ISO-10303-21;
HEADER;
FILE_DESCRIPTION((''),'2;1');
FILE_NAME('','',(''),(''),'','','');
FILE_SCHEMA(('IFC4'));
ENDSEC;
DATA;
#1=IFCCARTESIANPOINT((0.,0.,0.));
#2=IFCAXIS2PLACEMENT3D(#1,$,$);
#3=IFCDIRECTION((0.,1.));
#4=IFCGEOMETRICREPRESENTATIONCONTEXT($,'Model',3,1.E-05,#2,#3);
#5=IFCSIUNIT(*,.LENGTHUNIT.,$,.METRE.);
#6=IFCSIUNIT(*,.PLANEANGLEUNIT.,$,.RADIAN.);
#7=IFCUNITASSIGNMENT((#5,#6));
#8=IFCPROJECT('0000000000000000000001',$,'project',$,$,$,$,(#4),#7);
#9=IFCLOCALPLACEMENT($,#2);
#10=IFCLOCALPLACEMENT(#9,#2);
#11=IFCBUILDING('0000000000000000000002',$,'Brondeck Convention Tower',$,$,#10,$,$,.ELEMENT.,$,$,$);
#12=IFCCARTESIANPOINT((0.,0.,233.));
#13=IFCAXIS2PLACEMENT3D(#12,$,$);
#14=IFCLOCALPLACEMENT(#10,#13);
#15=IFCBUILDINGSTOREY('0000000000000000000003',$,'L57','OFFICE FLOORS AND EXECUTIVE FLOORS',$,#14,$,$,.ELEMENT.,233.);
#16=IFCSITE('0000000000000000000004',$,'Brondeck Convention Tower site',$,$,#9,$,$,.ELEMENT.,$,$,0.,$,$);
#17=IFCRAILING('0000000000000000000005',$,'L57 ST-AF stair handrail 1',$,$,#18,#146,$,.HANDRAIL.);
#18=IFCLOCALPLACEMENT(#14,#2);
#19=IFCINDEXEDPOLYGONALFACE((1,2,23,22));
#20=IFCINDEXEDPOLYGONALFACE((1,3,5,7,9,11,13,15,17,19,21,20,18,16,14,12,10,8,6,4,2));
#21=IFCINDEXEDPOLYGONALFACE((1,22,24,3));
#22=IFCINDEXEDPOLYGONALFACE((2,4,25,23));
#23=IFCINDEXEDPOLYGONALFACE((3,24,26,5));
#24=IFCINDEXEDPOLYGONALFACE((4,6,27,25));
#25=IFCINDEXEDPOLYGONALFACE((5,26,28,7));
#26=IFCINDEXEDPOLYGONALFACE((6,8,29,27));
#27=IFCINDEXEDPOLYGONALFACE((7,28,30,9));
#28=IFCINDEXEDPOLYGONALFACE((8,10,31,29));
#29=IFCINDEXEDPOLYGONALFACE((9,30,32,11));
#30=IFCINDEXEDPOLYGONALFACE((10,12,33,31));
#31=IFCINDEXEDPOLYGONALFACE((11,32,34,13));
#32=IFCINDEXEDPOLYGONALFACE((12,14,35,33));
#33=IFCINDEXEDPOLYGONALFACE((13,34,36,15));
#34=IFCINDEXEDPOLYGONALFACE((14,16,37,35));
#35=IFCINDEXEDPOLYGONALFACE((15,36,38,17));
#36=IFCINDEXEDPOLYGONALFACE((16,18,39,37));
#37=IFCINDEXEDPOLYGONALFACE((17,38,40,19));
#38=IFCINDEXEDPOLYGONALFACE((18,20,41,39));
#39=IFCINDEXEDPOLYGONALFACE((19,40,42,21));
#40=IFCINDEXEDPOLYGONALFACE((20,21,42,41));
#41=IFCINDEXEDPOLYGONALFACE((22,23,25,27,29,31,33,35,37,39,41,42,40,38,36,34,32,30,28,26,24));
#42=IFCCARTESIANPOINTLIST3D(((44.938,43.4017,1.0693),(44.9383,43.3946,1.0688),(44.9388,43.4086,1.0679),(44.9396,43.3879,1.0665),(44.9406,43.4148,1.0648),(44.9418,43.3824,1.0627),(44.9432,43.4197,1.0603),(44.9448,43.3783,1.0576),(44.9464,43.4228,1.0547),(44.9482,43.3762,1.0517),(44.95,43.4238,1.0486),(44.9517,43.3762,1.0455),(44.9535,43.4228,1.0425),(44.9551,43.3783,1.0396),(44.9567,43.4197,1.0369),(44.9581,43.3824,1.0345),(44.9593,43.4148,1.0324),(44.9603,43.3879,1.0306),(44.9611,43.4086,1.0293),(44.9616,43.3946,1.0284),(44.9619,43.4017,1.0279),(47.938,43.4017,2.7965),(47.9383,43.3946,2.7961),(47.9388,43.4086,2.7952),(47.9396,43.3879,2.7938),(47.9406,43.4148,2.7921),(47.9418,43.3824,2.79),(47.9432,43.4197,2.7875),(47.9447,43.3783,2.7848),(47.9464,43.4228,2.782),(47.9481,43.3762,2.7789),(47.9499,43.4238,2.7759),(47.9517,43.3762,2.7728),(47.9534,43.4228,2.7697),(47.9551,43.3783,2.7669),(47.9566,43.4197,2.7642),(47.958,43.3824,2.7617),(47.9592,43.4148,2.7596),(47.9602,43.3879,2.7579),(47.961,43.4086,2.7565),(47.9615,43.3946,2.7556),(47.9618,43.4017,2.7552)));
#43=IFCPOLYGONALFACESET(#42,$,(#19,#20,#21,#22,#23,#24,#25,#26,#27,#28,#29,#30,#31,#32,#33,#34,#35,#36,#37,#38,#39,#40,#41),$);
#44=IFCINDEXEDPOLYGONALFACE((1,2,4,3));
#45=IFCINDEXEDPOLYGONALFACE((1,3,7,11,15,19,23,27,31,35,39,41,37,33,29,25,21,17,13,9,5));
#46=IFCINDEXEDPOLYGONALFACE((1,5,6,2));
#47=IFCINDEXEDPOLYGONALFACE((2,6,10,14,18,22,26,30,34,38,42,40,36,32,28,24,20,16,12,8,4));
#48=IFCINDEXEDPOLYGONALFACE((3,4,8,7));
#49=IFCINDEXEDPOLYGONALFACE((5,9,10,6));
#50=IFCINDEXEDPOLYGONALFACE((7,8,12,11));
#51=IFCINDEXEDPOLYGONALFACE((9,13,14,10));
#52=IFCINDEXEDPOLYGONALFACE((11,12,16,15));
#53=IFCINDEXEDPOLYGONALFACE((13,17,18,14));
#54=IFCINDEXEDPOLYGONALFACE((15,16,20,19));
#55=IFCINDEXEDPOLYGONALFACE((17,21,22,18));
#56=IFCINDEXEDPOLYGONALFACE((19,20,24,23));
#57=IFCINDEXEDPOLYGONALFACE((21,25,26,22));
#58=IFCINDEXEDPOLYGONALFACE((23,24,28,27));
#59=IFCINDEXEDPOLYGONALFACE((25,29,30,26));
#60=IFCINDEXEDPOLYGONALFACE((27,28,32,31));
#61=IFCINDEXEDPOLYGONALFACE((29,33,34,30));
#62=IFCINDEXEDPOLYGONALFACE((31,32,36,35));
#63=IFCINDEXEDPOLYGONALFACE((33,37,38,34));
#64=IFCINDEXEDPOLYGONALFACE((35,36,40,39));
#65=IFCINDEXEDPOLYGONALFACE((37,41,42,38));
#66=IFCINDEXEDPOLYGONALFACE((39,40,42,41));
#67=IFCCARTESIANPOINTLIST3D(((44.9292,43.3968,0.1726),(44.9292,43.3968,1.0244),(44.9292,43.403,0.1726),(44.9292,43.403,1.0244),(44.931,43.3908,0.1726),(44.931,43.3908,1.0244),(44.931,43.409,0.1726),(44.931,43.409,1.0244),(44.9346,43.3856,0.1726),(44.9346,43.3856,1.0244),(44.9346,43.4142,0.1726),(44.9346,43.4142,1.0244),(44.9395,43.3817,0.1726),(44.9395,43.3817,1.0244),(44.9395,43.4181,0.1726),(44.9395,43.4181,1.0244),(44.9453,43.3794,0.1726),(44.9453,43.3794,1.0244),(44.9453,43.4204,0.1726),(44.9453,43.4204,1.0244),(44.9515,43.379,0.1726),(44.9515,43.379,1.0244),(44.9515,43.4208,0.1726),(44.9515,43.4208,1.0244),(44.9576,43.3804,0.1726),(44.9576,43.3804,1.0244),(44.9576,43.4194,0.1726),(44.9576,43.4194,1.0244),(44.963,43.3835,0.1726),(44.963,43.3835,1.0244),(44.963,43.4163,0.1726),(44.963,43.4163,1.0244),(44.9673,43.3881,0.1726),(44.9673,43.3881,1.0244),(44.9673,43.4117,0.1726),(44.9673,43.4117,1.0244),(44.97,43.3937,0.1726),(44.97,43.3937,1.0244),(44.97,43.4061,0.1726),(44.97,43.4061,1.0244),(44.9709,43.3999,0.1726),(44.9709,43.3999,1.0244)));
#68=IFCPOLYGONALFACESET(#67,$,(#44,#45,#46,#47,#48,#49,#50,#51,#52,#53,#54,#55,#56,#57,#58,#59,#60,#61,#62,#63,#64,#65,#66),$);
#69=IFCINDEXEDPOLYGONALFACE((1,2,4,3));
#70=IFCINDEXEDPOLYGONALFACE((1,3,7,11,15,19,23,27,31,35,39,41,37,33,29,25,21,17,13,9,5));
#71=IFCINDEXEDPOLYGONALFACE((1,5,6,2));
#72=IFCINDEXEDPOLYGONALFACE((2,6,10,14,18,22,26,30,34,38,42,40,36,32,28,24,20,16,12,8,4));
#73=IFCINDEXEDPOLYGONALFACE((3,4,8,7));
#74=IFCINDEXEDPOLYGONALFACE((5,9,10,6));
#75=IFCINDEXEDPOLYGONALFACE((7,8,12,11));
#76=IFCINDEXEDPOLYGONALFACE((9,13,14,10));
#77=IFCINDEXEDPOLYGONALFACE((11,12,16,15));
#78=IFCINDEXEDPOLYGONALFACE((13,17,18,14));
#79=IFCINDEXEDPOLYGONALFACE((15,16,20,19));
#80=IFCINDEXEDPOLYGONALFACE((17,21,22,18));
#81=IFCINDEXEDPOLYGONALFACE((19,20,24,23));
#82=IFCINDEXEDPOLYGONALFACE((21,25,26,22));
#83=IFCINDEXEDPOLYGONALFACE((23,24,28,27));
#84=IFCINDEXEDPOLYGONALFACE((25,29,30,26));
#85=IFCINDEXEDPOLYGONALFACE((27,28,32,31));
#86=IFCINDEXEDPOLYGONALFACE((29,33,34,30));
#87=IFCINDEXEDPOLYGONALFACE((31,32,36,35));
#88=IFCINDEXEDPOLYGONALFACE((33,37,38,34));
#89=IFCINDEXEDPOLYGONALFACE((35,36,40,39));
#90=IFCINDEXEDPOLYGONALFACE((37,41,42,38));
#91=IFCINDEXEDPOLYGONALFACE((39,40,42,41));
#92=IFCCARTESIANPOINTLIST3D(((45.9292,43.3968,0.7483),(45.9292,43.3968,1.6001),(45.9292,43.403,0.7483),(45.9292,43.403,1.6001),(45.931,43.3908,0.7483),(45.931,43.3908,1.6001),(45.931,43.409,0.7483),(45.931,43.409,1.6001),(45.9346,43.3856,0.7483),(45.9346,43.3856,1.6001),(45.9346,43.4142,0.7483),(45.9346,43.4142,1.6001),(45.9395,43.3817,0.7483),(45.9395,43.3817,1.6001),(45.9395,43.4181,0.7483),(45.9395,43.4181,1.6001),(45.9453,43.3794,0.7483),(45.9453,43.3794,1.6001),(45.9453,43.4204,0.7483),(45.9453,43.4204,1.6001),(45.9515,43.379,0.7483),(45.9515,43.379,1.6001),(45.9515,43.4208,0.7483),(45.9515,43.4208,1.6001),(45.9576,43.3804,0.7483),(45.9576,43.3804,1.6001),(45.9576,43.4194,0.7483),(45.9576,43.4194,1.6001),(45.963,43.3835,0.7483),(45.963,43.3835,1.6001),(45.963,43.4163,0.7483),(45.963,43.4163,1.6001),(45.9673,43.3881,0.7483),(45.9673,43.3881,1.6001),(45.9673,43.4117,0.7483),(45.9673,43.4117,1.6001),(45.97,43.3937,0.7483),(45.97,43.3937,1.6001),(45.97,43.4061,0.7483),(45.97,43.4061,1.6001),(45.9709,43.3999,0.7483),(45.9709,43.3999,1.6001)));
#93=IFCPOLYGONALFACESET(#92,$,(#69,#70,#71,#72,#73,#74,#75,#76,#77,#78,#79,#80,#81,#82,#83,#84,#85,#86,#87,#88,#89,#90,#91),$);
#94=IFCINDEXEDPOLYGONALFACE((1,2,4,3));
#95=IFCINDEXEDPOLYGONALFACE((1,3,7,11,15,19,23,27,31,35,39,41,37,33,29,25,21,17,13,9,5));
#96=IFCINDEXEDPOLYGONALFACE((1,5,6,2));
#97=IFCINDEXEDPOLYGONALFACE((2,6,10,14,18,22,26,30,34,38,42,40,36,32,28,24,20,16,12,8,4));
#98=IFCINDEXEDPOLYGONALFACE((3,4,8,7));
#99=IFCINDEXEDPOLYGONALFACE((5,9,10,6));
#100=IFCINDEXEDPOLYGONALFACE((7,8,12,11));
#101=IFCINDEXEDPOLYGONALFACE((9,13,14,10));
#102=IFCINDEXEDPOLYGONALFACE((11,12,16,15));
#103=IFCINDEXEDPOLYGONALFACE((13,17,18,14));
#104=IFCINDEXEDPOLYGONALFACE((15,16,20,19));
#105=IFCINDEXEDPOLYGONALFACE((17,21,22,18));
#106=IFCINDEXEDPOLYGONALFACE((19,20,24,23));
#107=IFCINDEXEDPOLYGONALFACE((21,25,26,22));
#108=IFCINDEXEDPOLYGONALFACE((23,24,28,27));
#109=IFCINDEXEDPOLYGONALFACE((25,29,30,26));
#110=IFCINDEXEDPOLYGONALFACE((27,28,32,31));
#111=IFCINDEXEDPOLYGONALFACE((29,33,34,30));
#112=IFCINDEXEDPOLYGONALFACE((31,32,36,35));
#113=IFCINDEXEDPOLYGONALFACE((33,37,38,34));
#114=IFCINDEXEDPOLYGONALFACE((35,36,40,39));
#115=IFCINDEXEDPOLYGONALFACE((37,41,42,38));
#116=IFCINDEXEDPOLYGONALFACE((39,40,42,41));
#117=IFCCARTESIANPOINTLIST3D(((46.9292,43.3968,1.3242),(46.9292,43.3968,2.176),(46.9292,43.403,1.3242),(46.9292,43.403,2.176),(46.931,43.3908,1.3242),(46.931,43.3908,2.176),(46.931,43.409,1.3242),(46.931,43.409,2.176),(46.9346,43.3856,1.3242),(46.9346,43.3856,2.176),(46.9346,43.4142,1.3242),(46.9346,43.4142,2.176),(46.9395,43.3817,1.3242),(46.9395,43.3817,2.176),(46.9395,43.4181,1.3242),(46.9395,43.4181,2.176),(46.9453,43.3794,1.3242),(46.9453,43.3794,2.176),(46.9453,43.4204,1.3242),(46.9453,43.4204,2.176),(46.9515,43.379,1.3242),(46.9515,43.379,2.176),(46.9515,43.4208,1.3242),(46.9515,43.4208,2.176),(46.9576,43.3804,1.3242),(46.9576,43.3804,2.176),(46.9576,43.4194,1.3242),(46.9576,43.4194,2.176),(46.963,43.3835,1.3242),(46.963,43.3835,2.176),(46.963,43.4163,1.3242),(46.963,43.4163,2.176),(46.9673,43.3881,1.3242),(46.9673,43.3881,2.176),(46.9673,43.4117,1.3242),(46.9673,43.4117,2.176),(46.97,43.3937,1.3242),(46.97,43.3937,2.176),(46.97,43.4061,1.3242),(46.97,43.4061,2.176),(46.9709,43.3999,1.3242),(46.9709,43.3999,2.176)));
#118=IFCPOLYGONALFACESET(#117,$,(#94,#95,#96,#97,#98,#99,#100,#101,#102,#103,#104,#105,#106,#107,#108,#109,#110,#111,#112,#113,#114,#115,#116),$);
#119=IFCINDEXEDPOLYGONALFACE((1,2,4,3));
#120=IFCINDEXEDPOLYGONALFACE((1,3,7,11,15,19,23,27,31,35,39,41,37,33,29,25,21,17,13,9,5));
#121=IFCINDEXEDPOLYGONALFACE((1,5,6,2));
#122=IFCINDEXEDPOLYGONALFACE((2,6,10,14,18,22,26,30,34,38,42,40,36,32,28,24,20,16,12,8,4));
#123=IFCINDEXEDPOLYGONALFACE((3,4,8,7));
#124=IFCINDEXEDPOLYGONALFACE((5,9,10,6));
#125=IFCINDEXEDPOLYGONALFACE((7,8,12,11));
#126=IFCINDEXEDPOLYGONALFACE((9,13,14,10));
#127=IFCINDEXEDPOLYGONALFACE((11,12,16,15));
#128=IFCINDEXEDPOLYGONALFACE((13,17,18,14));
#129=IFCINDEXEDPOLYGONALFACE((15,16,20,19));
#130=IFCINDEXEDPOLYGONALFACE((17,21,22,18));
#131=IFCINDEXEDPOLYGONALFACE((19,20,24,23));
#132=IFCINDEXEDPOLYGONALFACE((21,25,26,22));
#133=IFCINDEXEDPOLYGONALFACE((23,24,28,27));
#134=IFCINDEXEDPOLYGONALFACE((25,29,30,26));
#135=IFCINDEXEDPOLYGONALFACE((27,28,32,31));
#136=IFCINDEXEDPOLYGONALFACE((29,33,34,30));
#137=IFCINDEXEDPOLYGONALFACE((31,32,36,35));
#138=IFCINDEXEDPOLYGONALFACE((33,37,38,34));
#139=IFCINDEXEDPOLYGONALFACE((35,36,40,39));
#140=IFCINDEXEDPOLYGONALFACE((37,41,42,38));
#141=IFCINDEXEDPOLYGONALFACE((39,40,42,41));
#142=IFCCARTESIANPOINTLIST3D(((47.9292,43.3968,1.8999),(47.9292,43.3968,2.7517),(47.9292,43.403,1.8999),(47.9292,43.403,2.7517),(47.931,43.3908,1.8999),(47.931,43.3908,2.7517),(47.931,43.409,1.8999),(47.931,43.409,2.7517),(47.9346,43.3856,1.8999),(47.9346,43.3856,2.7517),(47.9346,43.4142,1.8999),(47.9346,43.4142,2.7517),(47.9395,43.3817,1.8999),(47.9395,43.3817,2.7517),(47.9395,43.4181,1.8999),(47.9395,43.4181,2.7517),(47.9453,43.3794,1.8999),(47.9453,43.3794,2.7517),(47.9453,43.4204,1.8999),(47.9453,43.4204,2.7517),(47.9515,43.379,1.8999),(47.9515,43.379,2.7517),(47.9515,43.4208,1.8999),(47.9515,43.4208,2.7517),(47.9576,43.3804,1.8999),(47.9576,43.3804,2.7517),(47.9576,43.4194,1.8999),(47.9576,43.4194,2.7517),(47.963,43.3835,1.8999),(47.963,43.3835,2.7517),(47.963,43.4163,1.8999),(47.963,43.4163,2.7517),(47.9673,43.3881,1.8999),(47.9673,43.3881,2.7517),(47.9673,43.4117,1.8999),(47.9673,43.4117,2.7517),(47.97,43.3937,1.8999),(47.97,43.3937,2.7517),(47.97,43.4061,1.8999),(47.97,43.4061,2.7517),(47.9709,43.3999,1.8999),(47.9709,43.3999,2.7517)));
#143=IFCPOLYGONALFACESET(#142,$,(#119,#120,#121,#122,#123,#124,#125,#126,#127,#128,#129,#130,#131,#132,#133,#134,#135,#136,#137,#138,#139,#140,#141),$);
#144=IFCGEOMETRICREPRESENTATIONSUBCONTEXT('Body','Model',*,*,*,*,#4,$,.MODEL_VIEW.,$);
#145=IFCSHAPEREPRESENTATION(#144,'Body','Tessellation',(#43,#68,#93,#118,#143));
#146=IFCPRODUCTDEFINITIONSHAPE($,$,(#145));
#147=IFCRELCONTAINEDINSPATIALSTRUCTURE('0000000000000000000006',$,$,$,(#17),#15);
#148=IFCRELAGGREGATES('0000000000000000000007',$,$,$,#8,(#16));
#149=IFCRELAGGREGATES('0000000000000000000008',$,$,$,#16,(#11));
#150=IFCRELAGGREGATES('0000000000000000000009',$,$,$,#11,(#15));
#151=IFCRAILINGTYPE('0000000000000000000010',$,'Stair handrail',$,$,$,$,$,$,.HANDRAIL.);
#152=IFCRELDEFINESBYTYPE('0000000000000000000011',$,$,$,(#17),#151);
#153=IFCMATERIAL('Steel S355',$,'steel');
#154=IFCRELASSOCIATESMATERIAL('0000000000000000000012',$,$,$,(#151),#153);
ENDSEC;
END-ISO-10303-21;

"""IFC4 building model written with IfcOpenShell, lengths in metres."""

from ifc_helpers import new_model, si_unit, direction, frame, origin, origin_2d, place, context, subcontext, project, spatial, circle, extrude, material, type_object, element, save


model = new_model("IFC4")

# Units and contexts
model_context = context("Model", 3, precision=1e-05, world=origin(), true_north=direction((0.0, 1.0)))
body_context = subcontext(model_context, "Body", "Model", "MODEL_VIEW")
ifc_project = project(units=[si_unit("LENGTHUNIT", "METRE"), si_unit("PLANEANGLEUNIT", "RADIAN")], contexts=[model_context])

# Site, building, storey
site_placement = place(None, origin())
site = spatial("IfcSite", under=ifc_project, at=site_placement, Name="Brondeck Convention Tower site", CompositionType="ELEMENT", RefElevation=0.0)
building_placement = place(site_placement, origin())
building = spatial("IfcBuilding", under=site, at=building_placement, Name="Brondeck Convention Tower", CompositionType="ELEMENT")
storey_placement = place(building_placement, frame((0.0, 0.0, 233.0)))
storey = spatial("IfcBuildingStorey", under=building, at=storey_placement, Name="L57", Description="OFFICE FLOORS AND EXECUTIVE FLOORS", CompositionType="ELEMENT", Elevation=233.0)

# Shared definitions
ifc_material_1 = material(Name="Steel S355", Category="steel")

# Railing
railing_type_1 = type_object("IfcRailingType", Name="Stair handrail", PredefinedType="HANDRAIL", material=ifc_material_1)
railing_1_placement = place(storey_placement, frame((44.95, 43.3999, 0.1726)))
element("IfcRailing", 1, at=railing_1_placement, inside=storey, type_object=railing_type_1, Name="L57 ST-AF stair handrail 1", PredefinedType="HANDRAIL", context=body_context, shape_type="SweptSolid", body=[
    extrude(circle(Radius=0.0239, at=origin_2d()), frame((0.0, 0.0, 0.876), z_axis=(0.86662, 0.0, 0.498969), x_axis=(0.0, 1.0, 0.0)), (0.0, 0.0, 1.0), 3.4617),
    extrude(circle(Radius=0.021, at=origin_2d()), origin(), (0.0, 0.0, 1.0), 0.8518),
    extrude(circle(Radius=0.021, at=origin_2d()), frame((1.0, 0.0, 0.5757)), (0.0, 0.0, 1.0), 0.8518),
    extrude(circle(Radius=0.021, at=origin_2d()), frame((2.0, 0.0, 1.1516)), (0.0, 0.0, 1.0), 0.8518),
    extrude(circle(Radius=0.021, at=origin_2d()), frame((3.0, 0.0, 1.7273)), (0.0, 0.0, 1.0), 0.8518),
])

save(model, "model.ifc")
